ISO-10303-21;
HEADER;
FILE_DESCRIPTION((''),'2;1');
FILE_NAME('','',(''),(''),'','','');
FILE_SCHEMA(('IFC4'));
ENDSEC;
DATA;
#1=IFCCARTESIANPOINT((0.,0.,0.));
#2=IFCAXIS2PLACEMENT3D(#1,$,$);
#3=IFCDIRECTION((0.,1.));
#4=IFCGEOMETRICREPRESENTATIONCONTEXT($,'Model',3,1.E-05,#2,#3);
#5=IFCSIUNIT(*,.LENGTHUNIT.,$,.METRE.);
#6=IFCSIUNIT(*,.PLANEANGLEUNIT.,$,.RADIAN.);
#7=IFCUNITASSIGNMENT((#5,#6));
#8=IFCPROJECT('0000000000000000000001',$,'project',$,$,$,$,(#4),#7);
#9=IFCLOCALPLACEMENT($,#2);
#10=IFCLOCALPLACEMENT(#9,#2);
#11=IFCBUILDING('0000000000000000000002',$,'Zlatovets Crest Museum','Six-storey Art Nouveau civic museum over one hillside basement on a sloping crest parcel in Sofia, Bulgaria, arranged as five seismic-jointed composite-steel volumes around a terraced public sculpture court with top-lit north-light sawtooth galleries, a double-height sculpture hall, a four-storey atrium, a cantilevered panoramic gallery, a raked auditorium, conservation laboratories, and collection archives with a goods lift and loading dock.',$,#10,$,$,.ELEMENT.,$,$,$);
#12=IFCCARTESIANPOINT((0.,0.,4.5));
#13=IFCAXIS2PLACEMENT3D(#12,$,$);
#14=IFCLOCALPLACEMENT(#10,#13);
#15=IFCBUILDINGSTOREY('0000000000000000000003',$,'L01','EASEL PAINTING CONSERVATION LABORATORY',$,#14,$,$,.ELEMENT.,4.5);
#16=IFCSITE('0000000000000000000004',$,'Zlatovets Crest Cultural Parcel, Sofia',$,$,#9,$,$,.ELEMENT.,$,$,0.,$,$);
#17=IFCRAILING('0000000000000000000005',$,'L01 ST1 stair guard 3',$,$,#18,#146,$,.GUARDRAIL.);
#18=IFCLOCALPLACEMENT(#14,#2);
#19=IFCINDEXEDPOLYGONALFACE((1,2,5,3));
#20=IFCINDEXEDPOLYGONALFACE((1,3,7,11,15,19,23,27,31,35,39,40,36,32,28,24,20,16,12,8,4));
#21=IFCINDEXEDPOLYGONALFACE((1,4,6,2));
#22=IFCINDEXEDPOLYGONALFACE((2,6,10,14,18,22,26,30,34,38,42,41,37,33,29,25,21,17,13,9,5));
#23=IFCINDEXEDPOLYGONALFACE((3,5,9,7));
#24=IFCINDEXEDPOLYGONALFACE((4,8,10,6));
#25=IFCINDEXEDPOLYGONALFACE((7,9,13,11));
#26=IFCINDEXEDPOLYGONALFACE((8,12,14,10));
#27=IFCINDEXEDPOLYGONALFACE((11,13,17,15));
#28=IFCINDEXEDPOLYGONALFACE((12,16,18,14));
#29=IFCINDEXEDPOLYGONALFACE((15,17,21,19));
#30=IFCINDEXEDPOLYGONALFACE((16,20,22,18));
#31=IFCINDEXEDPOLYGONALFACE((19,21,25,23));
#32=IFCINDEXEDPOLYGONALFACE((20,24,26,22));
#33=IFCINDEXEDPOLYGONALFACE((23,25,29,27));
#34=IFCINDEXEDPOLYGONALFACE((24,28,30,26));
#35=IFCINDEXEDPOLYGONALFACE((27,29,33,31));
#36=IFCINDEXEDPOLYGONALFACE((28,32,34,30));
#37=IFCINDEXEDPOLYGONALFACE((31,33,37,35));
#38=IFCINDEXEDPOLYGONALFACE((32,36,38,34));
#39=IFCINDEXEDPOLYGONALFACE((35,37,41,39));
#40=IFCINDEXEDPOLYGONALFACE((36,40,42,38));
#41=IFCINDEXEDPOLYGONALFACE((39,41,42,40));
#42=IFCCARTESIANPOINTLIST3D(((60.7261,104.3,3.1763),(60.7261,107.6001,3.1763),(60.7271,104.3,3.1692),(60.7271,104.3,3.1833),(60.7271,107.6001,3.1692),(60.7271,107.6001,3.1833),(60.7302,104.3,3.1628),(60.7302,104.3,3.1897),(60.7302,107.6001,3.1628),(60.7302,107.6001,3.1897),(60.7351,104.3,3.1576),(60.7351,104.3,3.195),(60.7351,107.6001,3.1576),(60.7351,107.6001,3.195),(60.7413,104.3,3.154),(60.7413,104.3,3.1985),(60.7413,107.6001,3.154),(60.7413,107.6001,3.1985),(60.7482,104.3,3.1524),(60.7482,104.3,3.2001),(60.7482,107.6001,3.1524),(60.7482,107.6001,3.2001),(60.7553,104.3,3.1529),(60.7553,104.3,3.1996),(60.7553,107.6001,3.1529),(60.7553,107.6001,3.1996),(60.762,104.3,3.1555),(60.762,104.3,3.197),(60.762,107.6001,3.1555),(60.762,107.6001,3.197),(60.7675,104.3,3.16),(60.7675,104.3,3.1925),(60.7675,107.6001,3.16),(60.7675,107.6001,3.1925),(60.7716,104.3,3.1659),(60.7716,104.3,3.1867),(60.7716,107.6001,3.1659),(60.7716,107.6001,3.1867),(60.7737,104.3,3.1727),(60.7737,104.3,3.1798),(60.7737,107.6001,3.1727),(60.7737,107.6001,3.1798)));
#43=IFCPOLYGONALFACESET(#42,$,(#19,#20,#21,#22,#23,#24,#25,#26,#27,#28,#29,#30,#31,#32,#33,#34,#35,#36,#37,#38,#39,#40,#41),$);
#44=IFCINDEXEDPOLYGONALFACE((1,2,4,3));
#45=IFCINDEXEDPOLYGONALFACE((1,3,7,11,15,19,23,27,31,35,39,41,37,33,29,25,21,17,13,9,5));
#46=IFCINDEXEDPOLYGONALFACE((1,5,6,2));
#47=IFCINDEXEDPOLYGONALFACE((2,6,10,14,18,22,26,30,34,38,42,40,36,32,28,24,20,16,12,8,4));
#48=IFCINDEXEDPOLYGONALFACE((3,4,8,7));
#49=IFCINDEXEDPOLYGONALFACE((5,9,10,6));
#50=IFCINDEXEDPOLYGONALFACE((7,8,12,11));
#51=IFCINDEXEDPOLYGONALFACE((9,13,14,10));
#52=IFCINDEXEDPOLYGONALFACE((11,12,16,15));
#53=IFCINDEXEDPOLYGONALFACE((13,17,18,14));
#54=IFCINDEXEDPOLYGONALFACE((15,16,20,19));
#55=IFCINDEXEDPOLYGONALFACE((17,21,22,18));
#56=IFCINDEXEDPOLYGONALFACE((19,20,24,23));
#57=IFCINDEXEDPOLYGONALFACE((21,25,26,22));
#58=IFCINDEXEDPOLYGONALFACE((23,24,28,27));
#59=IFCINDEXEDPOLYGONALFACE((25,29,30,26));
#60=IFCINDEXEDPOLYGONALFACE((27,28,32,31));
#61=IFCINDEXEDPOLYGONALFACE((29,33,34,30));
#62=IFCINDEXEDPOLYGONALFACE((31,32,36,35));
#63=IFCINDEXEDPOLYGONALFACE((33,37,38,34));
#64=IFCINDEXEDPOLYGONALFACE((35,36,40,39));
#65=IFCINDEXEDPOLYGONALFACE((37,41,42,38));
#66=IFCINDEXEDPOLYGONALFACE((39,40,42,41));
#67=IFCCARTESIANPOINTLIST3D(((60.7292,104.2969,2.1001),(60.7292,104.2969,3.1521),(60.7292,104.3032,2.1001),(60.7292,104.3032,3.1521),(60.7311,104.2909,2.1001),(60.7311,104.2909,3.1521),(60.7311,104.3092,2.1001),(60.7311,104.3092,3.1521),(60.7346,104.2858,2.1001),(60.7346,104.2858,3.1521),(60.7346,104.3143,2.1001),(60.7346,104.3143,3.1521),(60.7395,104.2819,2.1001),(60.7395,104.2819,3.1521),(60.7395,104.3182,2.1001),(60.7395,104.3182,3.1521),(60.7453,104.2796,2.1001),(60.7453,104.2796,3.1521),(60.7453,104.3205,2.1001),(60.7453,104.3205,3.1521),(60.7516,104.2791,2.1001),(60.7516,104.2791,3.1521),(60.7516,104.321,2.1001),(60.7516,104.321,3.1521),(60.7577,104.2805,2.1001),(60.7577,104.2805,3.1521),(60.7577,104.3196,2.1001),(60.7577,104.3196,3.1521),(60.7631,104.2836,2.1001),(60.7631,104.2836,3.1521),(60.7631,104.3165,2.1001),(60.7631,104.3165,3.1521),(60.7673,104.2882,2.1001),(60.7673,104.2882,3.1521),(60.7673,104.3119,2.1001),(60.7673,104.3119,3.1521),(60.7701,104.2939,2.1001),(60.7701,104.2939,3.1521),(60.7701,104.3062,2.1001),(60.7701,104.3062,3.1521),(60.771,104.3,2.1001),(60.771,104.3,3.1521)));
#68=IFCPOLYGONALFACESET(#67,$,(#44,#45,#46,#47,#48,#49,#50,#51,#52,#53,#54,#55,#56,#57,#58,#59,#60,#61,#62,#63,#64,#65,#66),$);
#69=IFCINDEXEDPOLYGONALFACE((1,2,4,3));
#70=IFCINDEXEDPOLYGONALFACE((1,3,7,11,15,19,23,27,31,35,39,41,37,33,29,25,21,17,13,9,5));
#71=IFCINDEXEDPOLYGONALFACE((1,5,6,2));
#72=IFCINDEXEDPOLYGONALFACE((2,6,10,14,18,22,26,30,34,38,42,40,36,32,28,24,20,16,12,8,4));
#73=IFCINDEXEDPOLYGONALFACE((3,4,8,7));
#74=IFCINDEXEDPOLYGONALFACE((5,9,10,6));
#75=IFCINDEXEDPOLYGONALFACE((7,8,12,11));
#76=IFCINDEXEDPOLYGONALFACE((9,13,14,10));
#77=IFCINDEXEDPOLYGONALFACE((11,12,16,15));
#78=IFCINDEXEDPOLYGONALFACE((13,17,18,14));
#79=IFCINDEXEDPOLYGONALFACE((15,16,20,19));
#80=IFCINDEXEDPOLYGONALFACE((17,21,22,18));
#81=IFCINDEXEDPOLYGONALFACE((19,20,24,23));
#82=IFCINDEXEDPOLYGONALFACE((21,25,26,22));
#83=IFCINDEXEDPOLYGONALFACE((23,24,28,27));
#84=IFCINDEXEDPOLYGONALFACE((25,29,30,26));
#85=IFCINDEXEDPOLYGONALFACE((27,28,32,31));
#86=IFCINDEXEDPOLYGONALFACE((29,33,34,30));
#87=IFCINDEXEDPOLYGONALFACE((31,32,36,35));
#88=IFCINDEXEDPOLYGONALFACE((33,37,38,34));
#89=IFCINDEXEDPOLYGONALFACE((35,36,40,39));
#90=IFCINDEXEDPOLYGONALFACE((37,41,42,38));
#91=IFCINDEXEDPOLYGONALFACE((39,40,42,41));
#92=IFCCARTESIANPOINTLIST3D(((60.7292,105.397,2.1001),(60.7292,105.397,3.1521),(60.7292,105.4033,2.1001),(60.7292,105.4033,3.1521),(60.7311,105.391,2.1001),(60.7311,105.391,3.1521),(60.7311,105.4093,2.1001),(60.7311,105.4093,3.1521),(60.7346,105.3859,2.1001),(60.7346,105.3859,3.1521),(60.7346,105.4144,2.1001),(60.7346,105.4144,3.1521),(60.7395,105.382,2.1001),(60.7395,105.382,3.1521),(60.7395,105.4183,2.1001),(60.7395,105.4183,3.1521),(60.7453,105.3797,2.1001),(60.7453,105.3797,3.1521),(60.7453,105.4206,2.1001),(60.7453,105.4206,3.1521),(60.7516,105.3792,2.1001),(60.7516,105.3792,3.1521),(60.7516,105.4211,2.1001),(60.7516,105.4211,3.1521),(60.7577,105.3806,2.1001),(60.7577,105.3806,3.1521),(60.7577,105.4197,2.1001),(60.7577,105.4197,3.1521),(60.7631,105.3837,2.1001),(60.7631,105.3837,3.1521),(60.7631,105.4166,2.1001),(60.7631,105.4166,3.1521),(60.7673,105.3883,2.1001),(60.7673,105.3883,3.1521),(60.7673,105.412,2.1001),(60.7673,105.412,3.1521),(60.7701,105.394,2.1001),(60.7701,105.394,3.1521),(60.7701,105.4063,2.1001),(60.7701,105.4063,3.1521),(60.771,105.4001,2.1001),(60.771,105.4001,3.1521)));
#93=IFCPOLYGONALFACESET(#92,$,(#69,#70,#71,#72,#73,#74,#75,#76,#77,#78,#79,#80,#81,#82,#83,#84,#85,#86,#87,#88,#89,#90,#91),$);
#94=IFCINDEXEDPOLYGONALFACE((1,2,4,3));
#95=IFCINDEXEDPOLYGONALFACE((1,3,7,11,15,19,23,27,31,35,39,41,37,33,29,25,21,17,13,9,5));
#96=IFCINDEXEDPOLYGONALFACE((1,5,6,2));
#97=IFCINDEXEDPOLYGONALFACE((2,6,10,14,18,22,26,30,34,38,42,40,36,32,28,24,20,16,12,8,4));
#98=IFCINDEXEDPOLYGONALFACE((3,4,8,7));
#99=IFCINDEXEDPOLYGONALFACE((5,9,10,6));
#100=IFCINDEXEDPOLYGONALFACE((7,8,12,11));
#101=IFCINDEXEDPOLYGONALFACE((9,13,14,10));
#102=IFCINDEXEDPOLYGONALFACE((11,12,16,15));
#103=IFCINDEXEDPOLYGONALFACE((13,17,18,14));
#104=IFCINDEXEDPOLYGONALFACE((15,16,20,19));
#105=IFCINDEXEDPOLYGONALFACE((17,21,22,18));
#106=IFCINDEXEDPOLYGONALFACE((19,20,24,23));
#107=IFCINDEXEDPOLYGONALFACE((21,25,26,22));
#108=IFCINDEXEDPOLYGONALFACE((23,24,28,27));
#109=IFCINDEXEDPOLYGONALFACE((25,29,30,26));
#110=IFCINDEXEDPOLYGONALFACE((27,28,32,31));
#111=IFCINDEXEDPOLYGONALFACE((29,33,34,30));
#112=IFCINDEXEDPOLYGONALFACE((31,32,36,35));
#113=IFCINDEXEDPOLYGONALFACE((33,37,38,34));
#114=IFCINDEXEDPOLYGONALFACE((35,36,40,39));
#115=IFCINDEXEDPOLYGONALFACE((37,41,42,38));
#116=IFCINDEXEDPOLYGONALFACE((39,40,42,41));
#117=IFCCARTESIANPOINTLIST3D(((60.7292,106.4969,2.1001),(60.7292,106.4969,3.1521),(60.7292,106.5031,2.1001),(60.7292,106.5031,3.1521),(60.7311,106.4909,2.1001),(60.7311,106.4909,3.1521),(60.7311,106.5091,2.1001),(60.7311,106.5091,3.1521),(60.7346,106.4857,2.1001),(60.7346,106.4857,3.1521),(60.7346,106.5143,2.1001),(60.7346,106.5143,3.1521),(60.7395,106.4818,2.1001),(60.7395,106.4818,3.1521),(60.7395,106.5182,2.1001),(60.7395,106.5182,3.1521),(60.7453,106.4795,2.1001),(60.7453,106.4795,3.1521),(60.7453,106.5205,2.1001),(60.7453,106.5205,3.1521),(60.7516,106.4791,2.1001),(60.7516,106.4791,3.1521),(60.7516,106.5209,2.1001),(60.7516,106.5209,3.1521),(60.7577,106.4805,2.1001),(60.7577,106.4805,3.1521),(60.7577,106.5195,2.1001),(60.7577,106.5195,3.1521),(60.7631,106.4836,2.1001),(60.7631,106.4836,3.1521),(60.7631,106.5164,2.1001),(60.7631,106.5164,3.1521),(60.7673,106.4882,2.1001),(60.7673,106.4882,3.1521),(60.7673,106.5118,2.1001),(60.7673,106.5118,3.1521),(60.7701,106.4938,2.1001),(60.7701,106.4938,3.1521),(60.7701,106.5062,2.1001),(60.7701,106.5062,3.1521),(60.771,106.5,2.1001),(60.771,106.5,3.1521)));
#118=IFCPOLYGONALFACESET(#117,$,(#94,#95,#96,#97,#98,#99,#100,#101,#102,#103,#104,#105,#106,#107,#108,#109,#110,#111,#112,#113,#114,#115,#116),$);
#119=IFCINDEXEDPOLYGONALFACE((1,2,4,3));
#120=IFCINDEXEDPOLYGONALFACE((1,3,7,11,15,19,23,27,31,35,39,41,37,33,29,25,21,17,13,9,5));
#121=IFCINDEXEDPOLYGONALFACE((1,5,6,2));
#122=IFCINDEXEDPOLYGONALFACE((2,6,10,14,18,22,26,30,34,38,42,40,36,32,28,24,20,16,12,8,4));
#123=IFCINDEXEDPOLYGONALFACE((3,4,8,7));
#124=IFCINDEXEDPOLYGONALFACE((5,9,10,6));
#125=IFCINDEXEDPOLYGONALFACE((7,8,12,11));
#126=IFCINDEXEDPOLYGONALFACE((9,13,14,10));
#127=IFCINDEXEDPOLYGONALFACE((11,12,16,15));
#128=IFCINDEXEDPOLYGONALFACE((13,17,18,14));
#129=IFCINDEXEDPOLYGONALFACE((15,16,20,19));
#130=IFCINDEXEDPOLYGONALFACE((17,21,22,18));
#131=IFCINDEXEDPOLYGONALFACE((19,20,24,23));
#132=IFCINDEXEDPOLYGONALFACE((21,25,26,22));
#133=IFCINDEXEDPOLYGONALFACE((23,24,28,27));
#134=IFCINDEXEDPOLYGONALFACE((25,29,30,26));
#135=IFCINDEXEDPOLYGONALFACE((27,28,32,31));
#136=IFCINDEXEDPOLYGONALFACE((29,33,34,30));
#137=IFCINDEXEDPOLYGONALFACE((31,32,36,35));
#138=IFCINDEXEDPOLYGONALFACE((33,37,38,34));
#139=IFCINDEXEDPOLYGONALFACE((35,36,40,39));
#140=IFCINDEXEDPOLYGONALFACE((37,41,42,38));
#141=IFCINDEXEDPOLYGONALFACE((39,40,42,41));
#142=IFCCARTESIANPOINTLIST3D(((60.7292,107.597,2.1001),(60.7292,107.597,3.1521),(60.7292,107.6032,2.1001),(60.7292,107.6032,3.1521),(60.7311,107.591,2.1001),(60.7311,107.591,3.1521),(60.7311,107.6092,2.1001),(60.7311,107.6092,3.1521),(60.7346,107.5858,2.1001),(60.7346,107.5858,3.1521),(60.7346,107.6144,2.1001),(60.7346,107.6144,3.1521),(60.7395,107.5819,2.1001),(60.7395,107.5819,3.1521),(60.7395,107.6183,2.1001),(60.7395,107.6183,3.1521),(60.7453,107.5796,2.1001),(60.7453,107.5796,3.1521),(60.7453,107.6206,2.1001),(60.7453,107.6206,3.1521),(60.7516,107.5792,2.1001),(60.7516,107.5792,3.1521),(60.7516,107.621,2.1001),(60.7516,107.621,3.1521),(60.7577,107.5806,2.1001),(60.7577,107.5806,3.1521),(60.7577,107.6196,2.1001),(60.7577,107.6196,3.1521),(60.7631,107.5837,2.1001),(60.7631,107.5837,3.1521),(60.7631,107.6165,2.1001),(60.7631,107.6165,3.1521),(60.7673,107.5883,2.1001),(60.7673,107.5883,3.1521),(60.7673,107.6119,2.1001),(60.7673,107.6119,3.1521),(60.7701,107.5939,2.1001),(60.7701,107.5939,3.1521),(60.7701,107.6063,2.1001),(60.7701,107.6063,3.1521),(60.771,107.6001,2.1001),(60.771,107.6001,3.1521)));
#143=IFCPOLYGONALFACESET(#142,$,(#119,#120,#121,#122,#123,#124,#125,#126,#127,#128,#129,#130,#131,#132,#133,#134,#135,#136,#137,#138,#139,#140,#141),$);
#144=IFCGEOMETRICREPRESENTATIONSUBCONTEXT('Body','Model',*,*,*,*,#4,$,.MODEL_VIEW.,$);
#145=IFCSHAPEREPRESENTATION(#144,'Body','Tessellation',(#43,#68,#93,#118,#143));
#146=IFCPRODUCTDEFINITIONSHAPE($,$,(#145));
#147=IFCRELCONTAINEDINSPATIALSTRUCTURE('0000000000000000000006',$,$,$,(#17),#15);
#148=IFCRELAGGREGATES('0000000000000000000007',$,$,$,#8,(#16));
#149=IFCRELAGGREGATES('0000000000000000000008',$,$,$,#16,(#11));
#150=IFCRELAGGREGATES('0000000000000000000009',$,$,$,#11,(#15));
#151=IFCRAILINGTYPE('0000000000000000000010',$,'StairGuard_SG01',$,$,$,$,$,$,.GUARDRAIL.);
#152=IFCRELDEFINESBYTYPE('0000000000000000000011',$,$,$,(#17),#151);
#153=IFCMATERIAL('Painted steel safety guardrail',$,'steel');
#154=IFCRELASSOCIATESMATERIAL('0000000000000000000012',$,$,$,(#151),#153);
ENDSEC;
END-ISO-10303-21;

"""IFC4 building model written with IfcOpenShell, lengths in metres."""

from ifc_helpers import new_model, si_unit, direction, frame, origin, origin_2d, place, context, subcontext, project, spatial, circle, extrude, material, type_object, element, save


model = new_model("IFC4")

# Units and contexts
model_context = context("Model", 3, precision=1e-05, world=origin(), true_north=direction((0.0, 1.0)))
body_context = subcontext(model_context, "Body", "Model", "MODEL_VIEW")
ifc_project = project(units=[si_unit("LENGTHUNIT", "METRE"), si_unit("PLANEANGLEUNIT", "RADIAN")], contexts=[model_context])

# Site, building, storey
site_placement = place(None, origin())
site = spatial("IfcSite", under=ifc_project, at=site_placement, Name="Zlatovets Crest Cultural Parcel, Sofia", CompositionType="ELEMENT", RefElevation=0.0)
building_placement = place(site_placement, origin())
building = spatial("IfcBuilding", under=site, at=building_placement, Name="Zlatovets Crest Museum", Description="Six-storey Art Nouveau civic museum over one hillside basement on a sloping crest parcel in Sofia, Bulgaria, arranged as five seismic-jointed composite-steel volumes around a terraced public sculpture court with top-lit north-light sawtooth galleries, a double-height sculpture hall, a four-storey atrium, a cantilevered panoramic gallery, a raked auditorium, conservation laboratories, and collection archives with a goods lift and loading dock.", CompositionType="ELEMENT")
storey_placement = place(building_placement, frame((0.0, 0.0, 4.5)))
storey = spatial("IfcBuildingStorey", under=building, at=storey_placement, Name="L01", Description="EASEL PAINTING CONSERVATION LABORATORY", CompositionType="ELEMENT", Elevation=4.5)

# Railing
ifc_material_1 = material(Name="Painted steel safety guardrail", Category="steel")
railing_type_1 = type_object("IfcRailingType", Name="StairGuard_SG01", PredefinedType="GUARDRAIL", material=ifc_material_1)
for number, where, name in (
    (1, (60.75, 104.3, 2.1001), "L01 ST1 stair guard 3"),
):
    element("IfcRailing", number, at=place(storey_placement, frame(where)), inside=storey, type_object=railing_type_1, Name=name, PredefinedType="GUARDRAIL", context=body_context, shape_type="SweptSolid", body=[
        extrude(circle(Radius=0.0239, at=origin_2d()), frame((0.0, 0.0, 1.0762), z_axis=(0.0, 1.0, 0.0), x_axis=(-1.0, 0.0, 0.0)), (0.0, 0.0, 1.0), 3.3),
        extrude(circle(Radius=0.021, at=origin_2d()), origin(), (0.0, 0.0, 1.0), 1.052),
        extrude(circle(Radius=0.021, at=origin_2d()), frame((0.0, 1.1001, 0.0)), (0.0, 0.0, 1.0), 1.052),
        extrude(circle(Radius=0.021, at=origin_2d()), frame((0.0, 2.2, 0.0)), (0.0, 0.0, 1.0), 1.052),
        extrude(circle(Radius=0.021, at=origin_2d()), frame((0.0, 3.3, 0.0)), (0.0, 0.0, 1.0), 1.052),
    ])

save(model, "model.ifc")
